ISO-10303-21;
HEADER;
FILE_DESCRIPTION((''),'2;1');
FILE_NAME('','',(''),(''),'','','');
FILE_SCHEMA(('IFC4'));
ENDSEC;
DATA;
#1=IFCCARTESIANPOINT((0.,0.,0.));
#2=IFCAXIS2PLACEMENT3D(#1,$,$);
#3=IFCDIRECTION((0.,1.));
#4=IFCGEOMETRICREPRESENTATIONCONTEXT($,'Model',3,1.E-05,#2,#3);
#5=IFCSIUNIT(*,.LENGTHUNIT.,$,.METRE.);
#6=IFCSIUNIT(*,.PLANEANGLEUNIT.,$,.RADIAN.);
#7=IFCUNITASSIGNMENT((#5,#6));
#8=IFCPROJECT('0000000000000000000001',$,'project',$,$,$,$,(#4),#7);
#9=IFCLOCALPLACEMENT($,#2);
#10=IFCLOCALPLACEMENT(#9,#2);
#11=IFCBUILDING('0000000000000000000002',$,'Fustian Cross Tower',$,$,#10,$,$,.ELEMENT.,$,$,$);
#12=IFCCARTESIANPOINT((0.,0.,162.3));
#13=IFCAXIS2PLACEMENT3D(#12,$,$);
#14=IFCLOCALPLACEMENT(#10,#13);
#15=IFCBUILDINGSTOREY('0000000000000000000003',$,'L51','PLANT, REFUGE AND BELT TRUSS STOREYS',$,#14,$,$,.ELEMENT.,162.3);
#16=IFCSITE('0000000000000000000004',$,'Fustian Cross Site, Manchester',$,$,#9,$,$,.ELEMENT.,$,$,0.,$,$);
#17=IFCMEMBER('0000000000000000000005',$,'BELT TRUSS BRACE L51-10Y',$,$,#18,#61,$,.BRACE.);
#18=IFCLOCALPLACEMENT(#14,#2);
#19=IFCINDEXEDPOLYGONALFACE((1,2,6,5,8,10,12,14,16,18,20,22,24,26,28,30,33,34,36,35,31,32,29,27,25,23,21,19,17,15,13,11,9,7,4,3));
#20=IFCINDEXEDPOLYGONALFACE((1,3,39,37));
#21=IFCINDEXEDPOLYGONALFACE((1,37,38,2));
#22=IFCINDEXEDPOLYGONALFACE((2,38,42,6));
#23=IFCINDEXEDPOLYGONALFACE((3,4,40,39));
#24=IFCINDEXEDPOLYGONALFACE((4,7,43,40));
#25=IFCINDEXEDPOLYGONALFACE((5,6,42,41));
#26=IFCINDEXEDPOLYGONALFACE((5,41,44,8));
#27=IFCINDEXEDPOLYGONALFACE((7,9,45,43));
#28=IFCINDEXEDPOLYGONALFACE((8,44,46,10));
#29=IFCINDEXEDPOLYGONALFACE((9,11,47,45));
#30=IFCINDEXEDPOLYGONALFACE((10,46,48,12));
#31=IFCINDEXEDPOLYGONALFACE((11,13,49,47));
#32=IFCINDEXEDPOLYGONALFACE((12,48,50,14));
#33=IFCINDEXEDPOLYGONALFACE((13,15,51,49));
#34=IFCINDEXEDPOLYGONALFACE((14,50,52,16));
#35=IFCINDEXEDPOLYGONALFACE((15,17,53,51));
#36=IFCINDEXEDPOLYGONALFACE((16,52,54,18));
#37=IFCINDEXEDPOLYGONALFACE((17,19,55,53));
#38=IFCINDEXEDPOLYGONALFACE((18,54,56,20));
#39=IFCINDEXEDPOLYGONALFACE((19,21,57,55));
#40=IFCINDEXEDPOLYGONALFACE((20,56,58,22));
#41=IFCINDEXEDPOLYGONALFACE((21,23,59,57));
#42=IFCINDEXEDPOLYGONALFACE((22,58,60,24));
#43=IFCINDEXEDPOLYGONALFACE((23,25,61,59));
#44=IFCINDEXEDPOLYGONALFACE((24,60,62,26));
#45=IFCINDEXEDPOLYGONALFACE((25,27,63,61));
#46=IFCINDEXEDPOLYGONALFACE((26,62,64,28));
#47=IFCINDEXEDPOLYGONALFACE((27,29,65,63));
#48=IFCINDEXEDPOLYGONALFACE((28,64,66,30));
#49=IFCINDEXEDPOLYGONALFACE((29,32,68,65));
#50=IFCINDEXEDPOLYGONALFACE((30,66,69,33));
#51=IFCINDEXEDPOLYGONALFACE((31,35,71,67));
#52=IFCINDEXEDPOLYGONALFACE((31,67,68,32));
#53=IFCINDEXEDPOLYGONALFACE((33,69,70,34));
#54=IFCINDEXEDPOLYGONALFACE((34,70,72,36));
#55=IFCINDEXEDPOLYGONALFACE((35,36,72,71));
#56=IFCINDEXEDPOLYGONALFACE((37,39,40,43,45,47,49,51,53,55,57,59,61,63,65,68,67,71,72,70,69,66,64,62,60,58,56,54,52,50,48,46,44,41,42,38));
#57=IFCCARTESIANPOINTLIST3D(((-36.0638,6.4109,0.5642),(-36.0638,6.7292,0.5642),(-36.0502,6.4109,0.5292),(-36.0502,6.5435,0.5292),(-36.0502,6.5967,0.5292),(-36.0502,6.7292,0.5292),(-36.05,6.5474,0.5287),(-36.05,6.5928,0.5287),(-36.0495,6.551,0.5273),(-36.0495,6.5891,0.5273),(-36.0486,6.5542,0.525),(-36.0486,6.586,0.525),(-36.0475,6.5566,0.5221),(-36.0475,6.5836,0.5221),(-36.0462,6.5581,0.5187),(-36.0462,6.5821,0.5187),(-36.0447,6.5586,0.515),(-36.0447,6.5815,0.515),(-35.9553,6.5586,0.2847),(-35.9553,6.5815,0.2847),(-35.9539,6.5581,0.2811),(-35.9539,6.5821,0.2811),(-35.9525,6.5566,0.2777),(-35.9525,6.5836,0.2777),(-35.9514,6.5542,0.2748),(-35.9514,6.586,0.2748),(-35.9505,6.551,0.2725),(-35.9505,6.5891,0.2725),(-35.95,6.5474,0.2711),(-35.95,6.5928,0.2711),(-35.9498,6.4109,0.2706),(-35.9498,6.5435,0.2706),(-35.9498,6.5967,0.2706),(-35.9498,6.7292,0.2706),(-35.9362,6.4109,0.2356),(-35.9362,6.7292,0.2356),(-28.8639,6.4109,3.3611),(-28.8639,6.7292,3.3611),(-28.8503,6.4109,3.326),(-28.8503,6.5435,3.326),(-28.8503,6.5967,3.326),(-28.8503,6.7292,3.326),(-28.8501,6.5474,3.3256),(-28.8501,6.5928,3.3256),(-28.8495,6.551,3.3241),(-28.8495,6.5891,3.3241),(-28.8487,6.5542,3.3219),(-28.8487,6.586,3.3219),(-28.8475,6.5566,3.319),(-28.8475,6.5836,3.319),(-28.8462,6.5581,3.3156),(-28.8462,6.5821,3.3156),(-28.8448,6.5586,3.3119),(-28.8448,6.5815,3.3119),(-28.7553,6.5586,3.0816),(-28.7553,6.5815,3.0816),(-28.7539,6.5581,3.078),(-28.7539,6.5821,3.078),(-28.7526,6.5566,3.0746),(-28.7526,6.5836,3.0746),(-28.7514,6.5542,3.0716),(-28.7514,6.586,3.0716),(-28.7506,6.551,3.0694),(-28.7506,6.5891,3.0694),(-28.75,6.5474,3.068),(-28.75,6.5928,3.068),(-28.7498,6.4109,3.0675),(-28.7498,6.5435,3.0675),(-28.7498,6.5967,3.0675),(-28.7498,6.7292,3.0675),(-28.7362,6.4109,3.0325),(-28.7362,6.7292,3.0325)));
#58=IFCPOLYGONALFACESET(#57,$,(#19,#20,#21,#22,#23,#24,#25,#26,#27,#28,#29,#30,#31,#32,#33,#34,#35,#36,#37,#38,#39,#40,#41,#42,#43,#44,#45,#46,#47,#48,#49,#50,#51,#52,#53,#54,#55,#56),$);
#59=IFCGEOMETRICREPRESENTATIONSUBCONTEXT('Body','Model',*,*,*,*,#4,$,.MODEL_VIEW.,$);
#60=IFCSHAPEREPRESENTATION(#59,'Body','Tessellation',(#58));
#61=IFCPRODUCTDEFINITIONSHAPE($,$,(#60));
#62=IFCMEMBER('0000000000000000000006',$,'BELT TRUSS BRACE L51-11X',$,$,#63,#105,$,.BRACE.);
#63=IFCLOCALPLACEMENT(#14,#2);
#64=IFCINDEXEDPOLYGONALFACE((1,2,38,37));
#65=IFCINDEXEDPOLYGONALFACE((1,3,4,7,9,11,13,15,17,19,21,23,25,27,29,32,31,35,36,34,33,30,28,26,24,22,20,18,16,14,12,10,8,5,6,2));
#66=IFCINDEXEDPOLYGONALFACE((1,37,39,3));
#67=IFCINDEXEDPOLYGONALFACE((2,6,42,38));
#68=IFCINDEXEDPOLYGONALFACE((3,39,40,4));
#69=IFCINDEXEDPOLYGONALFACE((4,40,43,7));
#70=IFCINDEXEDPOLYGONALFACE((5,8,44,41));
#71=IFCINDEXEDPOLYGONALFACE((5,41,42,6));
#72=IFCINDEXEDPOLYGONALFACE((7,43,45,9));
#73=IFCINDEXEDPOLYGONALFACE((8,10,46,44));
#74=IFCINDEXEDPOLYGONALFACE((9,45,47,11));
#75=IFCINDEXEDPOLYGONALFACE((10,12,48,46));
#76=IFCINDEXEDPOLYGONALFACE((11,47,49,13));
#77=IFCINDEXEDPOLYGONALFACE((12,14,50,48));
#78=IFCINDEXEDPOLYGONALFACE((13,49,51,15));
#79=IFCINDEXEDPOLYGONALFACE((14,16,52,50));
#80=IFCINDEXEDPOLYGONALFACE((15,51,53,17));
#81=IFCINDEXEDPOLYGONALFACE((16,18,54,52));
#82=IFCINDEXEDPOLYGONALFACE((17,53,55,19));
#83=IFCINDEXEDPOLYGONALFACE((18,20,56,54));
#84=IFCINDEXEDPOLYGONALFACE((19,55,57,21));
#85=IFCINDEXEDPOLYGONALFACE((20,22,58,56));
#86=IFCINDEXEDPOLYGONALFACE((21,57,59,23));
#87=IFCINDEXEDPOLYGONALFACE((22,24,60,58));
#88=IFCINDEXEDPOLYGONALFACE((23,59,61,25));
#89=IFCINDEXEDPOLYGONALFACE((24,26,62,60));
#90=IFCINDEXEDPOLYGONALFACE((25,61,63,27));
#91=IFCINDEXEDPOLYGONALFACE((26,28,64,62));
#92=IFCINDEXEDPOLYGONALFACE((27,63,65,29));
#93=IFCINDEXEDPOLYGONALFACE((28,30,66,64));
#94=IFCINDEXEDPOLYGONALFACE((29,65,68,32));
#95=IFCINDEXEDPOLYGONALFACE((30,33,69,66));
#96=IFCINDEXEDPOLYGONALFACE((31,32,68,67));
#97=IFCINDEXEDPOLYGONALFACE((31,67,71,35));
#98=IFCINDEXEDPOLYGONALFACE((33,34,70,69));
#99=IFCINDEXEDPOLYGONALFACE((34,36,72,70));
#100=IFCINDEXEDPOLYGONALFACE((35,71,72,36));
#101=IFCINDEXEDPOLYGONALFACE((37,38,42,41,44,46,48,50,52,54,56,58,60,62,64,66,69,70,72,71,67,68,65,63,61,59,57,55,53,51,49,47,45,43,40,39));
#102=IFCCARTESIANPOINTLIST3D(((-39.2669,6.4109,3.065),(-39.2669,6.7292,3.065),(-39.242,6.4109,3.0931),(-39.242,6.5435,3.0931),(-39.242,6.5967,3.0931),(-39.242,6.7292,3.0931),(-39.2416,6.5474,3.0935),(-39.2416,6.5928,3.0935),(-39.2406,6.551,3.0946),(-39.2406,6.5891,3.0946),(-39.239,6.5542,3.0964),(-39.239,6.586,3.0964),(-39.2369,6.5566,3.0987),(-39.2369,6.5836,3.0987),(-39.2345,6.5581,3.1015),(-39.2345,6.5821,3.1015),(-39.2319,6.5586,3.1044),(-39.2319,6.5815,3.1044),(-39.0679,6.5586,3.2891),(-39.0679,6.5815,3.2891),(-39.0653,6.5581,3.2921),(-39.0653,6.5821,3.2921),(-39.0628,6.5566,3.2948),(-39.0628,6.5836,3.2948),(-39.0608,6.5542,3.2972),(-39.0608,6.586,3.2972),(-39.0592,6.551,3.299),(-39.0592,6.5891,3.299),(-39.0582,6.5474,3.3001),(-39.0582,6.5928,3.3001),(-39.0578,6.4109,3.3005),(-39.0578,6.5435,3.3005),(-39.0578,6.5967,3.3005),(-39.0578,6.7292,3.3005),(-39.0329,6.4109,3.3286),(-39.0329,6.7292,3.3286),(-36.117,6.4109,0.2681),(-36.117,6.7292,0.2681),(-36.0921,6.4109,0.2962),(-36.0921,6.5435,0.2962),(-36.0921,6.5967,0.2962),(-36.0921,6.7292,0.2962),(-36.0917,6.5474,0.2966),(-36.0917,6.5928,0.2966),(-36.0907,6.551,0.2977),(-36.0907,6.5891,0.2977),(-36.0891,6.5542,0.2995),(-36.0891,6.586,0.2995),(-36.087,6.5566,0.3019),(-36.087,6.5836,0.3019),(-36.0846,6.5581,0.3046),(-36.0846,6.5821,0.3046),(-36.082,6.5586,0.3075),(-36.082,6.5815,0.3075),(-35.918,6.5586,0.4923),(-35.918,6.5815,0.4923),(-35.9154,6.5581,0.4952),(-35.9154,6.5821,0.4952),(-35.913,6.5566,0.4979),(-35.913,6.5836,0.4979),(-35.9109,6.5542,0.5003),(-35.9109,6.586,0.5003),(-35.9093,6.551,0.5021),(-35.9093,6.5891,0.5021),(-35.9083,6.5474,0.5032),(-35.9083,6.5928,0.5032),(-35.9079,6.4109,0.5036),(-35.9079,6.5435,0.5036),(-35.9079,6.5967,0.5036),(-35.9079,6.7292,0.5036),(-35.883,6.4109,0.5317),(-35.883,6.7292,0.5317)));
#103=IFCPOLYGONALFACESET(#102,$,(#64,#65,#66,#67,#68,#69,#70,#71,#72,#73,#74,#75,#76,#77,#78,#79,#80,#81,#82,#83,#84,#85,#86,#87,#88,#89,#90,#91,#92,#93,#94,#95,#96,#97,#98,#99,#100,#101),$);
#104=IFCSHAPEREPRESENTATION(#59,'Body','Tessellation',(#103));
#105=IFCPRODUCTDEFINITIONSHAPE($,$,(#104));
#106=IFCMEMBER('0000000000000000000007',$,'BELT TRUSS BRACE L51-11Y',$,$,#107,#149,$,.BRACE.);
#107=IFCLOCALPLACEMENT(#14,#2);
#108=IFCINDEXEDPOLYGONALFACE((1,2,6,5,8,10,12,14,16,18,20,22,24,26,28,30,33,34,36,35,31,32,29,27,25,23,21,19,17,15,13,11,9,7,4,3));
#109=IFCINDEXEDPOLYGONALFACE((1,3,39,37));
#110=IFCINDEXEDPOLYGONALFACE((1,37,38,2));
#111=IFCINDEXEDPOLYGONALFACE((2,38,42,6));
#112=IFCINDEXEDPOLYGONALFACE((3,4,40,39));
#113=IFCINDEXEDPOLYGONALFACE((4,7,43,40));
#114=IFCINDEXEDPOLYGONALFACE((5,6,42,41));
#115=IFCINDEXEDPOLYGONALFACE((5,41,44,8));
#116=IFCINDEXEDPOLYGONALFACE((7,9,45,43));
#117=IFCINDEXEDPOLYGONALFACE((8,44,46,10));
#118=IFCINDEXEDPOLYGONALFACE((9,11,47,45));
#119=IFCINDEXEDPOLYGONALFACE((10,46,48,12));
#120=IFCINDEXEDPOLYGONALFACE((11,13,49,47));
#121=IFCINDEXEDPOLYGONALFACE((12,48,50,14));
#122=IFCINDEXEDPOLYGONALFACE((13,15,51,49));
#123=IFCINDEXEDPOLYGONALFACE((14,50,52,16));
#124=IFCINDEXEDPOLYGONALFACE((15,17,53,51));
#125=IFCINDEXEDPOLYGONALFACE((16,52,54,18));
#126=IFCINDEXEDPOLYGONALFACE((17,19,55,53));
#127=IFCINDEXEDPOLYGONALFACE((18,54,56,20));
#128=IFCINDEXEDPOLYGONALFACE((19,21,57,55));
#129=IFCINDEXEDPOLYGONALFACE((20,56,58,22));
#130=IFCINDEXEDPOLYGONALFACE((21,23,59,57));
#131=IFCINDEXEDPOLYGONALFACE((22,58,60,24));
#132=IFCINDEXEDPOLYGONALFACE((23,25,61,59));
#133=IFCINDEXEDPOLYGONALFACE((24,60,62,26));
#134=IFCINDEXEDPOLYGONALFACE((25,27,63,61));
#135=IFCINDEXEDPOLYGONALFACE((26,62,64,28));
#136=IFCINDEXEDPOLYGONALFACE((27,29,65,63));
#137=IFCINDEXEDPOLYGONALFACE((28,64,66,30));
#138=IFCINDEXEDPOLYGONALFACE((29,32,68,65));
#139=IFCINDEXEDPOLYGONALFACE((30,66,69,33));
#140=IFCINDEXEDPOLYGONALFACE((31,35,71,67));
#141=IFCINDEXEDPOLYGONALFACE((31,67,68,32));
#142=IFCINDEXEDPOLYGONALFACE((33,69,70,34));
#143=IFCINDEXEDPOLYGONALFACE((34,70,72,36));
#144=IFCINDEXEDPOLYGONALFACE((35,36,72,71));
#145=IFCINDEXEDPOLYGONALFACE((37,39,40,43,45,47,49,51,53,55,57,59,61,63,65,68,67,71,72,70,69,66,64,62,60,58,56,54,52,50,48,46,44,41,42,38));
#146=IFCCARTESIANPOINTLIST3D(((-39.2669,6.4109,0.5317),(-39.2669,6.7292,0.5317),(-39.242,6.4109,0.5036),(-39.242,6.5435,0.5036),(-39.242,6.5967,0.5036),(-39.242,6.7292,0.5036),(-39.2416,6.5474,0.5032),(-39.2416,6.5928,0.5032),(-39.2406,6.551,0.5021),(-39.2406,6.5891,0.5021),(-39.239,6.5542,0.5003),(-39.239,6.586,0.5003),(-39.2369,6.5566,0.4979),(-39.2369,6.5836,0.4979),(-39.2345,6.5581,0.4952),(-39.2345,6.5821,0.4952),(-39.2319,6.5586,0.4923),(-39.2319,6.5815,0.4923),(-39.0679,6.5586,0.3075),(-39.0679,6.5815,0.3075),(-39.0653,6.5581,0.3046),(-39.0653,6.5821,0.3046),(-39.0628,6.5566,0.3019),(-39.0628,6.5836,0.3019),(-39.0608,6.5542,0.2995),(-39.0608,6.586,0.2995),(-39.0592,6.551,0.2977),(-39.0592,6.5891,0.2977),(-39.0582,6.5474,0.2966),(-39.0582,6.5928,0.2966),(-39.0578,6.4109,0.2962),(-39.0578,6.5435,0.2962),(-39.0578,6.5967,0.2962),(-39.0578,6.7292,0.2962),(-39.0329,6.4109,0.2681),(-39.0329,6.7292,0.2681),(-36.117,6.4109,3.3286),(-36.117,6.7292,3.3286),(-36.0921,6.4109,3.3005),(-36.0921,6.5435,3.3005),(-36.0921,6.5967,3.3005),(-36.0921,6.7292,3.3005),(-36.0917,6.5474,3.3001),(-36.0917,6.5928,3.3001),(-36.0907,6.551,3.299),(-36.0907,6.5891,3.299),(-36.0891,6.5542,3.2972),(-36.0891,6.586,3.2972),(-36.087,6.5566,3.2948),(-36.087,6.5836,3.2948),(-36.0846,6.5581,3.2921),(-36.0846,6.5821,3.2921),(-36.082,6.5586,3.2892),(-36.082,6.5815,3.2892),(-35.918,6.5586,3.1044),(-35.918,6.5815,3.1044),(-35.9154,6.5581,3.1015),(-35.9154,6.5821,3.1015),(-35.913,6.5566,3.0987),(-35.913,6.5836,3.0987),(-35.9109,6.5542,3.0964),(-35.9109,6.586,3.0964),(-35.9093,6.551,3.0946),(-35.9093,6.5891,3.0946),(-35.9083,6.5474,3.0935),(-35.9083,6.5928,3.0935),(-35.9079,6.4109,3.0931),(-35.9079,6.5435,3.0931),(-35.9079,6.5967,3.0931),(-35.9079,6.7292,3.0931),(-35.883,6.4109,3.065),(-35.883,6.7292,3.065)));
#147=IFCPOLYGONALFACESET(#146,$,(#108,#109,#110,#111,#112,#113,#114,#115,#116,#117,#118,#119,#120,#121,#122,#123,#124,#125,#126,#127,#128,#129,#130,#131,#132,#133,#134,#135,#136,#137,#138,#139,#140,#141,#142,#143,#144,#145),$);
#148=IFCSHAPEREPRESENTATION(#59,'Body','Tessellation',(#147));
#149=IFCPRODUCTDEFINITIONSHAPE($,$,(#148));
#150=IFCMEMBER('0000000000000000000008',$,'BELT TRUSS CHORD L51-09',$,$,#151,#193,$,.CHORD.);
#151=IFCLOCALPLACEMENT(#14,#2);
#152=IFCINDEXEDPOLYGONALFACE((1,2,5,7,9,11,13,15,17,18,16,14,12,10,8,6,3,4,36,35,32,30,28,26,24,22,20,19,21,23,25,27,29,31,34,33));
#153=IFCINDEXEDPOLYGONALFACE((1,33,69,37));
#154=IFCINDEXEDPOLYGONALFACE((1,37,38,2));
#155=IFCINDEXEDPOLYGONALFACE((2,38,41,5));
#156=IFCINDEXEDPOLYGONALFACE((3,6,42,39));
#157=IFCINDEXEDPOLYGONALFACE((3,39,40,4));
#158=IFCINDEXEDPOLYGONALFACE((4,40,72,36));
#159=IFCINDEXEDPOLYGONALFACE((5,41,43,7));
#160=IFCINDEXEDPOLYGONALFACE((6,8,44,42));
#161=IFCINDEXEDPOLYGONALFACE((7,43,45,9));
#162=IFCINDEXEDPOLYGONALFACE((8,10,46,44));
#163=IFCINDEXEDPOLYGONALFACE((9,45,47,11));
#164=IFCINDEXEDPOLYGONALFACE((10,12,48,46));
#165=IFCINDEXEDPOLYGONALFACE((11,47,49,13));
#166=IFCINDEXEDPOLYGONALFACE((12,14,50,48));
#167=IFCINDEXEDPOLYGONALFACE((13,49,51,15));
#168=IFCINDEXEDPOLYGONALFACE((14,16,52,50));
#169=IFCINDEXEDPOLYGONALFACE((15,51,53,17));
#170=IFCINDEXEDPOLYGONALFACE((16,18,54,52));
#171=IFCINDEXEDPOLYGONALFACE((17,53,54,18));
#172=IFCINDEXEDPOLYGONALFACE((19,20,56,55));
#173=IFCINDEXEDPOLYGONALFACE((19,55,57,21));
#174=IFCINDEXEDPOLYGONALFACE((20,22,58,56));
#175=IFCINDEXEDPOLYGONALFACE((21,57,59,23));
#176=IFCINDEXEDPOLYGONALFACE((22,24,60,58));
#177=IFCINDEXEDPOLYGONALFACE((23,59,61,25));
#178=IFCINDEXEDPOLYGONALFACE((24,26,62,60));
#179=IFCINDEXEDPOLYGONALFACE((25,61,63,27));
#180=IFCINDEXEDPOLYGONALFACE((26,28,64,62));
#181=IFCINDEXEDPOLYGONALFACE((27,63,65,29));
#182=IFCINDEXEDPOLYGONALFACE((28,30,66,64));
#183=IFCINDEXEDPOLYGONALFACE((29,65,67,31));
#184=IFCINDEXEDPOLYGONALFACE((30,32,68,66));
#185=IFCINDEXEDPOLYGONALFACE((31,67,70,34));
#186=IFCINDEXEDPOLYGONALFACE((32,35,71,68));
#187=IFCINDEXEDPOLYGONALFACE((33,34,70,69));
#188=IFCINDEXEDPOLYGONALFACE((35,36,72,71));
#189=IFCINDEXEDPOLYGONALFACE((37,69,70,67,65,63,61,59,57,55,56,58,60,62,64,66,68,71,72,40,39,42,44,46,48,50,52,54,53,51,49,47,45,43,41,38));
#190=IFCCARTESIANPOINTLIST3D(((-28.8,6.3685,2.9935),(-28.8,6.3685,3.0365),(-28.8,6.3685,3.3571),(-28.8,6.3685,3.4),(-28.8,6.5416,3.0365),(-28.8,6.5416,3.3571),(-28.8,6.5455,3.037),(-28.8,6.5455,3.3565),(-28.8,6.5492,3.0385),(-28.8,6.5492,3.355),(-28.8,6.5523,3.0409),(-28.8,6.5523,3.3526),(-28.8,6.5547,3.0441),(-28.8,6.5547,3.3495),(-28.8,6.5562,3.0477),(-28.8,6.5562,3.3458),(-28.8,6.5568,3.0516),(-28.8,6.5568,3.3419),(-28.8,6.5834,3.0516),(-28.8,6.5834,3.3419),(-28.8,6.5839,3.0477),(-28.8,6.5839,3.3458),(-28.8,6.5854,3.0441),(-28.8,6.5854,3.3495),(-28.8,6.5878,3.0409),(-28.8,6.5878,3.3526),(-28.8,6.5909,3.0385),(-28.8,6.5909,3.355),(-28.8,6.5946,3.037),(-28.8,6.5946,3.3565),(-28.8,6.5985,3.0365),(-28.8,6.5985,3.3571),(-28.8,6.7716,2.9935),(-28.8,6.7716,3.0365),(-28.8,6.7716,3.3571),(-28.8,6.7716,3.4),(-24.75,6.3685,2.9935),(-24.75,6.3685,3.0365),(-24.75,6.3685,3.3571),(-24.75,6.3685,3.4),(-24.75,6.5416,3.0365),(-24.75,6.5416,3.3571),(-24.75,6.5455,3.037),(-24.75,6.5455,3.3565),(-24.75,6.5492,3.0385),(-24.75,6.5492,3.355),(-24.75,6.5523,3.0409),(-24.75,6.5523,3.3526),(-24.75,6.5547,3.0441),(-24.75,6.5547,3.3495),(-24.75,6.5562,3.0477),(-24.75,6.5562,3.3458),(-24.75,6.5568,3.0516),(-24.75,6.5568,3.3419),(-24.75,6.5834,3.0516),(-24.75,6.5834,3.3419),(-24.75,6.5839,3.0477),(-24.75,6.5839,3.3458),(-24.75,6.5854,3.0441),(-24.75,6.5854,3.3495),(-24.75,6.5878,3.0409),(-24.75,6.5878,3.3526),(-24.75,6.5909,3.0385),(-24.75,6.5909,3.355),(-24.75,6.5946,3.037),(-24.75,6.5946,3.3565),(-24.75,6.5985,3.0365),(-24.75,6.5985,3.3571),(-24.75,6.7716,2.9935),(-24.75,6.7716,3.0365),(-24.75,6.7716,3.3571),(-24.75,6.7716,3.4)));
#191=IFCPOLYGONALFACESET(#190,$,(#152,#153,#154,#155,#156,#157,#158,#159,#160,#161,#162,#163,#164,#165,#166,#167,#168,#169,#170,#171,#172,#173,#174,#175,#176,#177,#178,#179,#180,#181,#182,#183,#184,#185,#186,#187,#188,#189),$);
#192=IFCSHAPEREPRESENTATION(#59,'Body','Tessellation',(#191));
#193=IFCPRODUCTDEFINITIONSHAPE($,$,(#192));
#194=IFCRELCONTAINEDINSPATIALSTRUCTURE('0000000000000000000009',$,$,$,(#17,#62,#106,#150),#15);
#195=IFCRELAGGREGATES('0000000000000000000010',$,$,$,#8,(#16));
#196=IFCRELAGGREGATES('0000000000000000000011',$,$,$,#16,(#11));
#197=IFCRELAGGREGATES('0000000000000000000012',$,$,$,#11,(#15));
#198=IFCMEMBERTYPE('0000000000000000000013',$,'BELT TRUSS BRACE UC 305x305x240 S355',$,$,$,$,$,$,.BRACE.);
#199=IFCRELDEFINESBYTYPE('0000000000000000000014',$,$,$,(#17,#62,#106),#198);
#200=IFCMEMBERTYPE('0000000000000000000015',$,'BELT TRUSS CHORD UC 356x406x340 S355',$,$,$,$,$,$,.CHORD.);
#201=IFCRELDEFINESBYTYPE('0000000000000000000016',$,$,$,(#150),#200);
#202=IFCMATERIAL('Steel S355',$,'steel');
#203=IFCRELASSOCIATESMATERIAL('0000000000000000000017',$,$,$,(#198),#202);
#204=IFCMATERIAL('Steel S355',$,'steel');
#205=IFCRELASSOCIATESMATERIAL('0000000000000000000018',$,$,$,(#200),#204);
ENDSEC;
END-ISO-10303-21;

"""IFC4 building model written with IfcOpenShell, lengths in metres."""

from ifc_helpers import new_model, si_unit, direction, frame, origin, origin_2d, place, context, subcontext, project, spatial, i_section, extrude, material, material_profile, profile_set, type_object, element, save


model = new_model("IFC4")

# Units and contexts
model_context = context("Model", 3, precision=1e-05, world=origin(), true_north=direction((0.0, 1.0)))
body_context = subcontext(model_context, "Body", "Model", "MODEL_VIEW")
ifc_project = project(units=[si_unit("LENGTHUNIT", "METRE"), si_unit("PLANEANGLEUNIT", "RADIAN")], contexts=[model_context])

# Site, building, storey
site_placement = place(None, origin())
site = spatial("IfcSite", under=ifc_project, at=site_placement, Name="Fustian Cross Site, Manchester", CompositionType="ELEMENT", RefElevation=0.0)
building_placement = place(site_placement, origin())
building = spatial("IfcBuilding", under=site, at=building_placement, Name="Fustian Cross Tower", CompositionType="ELEMENT")
storey_placement = place(building_placement, frame((0.0, 0.0, 162.3)))
storey = spatial("IfcBuildingStorey", under=building, at=storey_placement, Name="L51", Description="PLANT, REFUGE AND BELT TRUSS STOREYS", CompositionType="ELEMENT", Elevation=162.3)

# Members
ifc_material_1 = material(Name="Steel S355", Category="steel")
ifc_material_profile_1 = material_profile(ifc_material_1, i_section(OverallWidth=0.3184, OverallDepth=0.3525, WebThickness=0.0229, FlangeThickness=0.0376, FilletRadius=0.0151, at=origin_2d()), Name="UC 305x305x240")
ifc_profile_set_1 = profile_set([ifc_material_profile_1], Name="Steel S355")
member_type_1 = type_object("IfcMemberType", Name="BELT TRUSS BRACE UC 305x305x240 S355", PredefinedType="BRACE", material=ifc_profile_set_1)
for number, where, z_axis, x_axis, name in (
    (1, (-28.8, 6.5701, 3.1968), (-0.93214, 0.0, -0.362097), (0.0, -1.0, 0.0), "BELT TRUSS BRACE L51-10Y"),
):
    element("IfcMember", number, at=place(storey_placement, frame(where, z_axis=z_axis, x_axis=x_axis)), inside=storey, type_object=member_type_1, Name=name, PredefinedType="BRACE", context=body_context, shape_type="SweptSolid", body=[
        extrude(i_section(OverallWidth=0.3184, OverallDepth=0.3525, WebThickness=0.0229, FlangeThickness=0.0376, FilletRadius=0.0151, at=origin_2d()), origin(), (0.0, 0.0, 1.0), 7.7241),
    ])
for number, where, z_axis, x_axis, name in (
    (2, (-36.0, 6.5701, 0.3999), (-0.747767, 0.0, 0.663961), (0.0, -1.0, 0.0), "BELT TRUSS BRACE L51-11X"),
    (3, (-36.0, 6.5701, 3.1968), (-0.747767, 0.0, -0.663961), (0.0, -1.0, 0.0), "BELT TRUSS BRACE L51-11Y"),
):
    element("IfcMember", number, at=place(storey_placement, frame(where, z_axis=z_axis, x_axis=x_axis)), inside=storey, type_object=member_type_1, Name=name, PredefinedType="BRACE", context=body_context, shape_type="SweptSolid", body=[
        extrude(i_section(OverallWidth=0.3184, OverallDepth=0.3525, WebThickness=0.0229, FlangeThickness=0.0376, FilletRadius=0.0151, at=origin_2d()), origin(), (0.0, 0.0, 1.0), 4.2124),
    ])
ifc_material_2 = material(Name="Steel S355", Category="steel")
ifc_material_profile_2 = material_profile(ifc_material_2, i_section(OverallWidth=0.4031, OverallDepth=0.4065, WebThickness=0.0266, FlangeThickness=0.043, FilletRadius=0.0151, at=origin_2d()), Name="UC 356x406x340")
ifc_profile_set_2 = profile_set([ifc_material_profile_2], Name="Steel S355")
member_type_2 = type_object("IfcMemberType", Name="BELT TRUSS CHORD UC 356x406x340 S355", PredefinedType="CHORD", material=ifc_profile_set_2)
for number, where, z_axis, x_axis, name in (
    (4, (-24.75, 6.5701, 3.1968), (-1.0, 0.0, 0.0), (0.0, -1.0, 0.0), "BELT TRUSS CHORD L51-09"),
):
    element("IfcMember", number, at=place(storey_placement, frame(where, z_axis=z_axis, x_axis=x_axis)), inside=storey, type_object=member_type_2, Name=name, PredefinedType="CHORD", context=body_context, shape_type="SweptSolid", body=[
        extrude(i_section(OverallWidth=0.4031, OverallDepth=0.4065, WebThickness=0.0266, FlangeThickness=0.043, FilletRadius=0.0151, at=origin_2d()), origin(), (0.0, 0.0, 1.0), 4.05),
    ])

save(model, "model.ifc")
